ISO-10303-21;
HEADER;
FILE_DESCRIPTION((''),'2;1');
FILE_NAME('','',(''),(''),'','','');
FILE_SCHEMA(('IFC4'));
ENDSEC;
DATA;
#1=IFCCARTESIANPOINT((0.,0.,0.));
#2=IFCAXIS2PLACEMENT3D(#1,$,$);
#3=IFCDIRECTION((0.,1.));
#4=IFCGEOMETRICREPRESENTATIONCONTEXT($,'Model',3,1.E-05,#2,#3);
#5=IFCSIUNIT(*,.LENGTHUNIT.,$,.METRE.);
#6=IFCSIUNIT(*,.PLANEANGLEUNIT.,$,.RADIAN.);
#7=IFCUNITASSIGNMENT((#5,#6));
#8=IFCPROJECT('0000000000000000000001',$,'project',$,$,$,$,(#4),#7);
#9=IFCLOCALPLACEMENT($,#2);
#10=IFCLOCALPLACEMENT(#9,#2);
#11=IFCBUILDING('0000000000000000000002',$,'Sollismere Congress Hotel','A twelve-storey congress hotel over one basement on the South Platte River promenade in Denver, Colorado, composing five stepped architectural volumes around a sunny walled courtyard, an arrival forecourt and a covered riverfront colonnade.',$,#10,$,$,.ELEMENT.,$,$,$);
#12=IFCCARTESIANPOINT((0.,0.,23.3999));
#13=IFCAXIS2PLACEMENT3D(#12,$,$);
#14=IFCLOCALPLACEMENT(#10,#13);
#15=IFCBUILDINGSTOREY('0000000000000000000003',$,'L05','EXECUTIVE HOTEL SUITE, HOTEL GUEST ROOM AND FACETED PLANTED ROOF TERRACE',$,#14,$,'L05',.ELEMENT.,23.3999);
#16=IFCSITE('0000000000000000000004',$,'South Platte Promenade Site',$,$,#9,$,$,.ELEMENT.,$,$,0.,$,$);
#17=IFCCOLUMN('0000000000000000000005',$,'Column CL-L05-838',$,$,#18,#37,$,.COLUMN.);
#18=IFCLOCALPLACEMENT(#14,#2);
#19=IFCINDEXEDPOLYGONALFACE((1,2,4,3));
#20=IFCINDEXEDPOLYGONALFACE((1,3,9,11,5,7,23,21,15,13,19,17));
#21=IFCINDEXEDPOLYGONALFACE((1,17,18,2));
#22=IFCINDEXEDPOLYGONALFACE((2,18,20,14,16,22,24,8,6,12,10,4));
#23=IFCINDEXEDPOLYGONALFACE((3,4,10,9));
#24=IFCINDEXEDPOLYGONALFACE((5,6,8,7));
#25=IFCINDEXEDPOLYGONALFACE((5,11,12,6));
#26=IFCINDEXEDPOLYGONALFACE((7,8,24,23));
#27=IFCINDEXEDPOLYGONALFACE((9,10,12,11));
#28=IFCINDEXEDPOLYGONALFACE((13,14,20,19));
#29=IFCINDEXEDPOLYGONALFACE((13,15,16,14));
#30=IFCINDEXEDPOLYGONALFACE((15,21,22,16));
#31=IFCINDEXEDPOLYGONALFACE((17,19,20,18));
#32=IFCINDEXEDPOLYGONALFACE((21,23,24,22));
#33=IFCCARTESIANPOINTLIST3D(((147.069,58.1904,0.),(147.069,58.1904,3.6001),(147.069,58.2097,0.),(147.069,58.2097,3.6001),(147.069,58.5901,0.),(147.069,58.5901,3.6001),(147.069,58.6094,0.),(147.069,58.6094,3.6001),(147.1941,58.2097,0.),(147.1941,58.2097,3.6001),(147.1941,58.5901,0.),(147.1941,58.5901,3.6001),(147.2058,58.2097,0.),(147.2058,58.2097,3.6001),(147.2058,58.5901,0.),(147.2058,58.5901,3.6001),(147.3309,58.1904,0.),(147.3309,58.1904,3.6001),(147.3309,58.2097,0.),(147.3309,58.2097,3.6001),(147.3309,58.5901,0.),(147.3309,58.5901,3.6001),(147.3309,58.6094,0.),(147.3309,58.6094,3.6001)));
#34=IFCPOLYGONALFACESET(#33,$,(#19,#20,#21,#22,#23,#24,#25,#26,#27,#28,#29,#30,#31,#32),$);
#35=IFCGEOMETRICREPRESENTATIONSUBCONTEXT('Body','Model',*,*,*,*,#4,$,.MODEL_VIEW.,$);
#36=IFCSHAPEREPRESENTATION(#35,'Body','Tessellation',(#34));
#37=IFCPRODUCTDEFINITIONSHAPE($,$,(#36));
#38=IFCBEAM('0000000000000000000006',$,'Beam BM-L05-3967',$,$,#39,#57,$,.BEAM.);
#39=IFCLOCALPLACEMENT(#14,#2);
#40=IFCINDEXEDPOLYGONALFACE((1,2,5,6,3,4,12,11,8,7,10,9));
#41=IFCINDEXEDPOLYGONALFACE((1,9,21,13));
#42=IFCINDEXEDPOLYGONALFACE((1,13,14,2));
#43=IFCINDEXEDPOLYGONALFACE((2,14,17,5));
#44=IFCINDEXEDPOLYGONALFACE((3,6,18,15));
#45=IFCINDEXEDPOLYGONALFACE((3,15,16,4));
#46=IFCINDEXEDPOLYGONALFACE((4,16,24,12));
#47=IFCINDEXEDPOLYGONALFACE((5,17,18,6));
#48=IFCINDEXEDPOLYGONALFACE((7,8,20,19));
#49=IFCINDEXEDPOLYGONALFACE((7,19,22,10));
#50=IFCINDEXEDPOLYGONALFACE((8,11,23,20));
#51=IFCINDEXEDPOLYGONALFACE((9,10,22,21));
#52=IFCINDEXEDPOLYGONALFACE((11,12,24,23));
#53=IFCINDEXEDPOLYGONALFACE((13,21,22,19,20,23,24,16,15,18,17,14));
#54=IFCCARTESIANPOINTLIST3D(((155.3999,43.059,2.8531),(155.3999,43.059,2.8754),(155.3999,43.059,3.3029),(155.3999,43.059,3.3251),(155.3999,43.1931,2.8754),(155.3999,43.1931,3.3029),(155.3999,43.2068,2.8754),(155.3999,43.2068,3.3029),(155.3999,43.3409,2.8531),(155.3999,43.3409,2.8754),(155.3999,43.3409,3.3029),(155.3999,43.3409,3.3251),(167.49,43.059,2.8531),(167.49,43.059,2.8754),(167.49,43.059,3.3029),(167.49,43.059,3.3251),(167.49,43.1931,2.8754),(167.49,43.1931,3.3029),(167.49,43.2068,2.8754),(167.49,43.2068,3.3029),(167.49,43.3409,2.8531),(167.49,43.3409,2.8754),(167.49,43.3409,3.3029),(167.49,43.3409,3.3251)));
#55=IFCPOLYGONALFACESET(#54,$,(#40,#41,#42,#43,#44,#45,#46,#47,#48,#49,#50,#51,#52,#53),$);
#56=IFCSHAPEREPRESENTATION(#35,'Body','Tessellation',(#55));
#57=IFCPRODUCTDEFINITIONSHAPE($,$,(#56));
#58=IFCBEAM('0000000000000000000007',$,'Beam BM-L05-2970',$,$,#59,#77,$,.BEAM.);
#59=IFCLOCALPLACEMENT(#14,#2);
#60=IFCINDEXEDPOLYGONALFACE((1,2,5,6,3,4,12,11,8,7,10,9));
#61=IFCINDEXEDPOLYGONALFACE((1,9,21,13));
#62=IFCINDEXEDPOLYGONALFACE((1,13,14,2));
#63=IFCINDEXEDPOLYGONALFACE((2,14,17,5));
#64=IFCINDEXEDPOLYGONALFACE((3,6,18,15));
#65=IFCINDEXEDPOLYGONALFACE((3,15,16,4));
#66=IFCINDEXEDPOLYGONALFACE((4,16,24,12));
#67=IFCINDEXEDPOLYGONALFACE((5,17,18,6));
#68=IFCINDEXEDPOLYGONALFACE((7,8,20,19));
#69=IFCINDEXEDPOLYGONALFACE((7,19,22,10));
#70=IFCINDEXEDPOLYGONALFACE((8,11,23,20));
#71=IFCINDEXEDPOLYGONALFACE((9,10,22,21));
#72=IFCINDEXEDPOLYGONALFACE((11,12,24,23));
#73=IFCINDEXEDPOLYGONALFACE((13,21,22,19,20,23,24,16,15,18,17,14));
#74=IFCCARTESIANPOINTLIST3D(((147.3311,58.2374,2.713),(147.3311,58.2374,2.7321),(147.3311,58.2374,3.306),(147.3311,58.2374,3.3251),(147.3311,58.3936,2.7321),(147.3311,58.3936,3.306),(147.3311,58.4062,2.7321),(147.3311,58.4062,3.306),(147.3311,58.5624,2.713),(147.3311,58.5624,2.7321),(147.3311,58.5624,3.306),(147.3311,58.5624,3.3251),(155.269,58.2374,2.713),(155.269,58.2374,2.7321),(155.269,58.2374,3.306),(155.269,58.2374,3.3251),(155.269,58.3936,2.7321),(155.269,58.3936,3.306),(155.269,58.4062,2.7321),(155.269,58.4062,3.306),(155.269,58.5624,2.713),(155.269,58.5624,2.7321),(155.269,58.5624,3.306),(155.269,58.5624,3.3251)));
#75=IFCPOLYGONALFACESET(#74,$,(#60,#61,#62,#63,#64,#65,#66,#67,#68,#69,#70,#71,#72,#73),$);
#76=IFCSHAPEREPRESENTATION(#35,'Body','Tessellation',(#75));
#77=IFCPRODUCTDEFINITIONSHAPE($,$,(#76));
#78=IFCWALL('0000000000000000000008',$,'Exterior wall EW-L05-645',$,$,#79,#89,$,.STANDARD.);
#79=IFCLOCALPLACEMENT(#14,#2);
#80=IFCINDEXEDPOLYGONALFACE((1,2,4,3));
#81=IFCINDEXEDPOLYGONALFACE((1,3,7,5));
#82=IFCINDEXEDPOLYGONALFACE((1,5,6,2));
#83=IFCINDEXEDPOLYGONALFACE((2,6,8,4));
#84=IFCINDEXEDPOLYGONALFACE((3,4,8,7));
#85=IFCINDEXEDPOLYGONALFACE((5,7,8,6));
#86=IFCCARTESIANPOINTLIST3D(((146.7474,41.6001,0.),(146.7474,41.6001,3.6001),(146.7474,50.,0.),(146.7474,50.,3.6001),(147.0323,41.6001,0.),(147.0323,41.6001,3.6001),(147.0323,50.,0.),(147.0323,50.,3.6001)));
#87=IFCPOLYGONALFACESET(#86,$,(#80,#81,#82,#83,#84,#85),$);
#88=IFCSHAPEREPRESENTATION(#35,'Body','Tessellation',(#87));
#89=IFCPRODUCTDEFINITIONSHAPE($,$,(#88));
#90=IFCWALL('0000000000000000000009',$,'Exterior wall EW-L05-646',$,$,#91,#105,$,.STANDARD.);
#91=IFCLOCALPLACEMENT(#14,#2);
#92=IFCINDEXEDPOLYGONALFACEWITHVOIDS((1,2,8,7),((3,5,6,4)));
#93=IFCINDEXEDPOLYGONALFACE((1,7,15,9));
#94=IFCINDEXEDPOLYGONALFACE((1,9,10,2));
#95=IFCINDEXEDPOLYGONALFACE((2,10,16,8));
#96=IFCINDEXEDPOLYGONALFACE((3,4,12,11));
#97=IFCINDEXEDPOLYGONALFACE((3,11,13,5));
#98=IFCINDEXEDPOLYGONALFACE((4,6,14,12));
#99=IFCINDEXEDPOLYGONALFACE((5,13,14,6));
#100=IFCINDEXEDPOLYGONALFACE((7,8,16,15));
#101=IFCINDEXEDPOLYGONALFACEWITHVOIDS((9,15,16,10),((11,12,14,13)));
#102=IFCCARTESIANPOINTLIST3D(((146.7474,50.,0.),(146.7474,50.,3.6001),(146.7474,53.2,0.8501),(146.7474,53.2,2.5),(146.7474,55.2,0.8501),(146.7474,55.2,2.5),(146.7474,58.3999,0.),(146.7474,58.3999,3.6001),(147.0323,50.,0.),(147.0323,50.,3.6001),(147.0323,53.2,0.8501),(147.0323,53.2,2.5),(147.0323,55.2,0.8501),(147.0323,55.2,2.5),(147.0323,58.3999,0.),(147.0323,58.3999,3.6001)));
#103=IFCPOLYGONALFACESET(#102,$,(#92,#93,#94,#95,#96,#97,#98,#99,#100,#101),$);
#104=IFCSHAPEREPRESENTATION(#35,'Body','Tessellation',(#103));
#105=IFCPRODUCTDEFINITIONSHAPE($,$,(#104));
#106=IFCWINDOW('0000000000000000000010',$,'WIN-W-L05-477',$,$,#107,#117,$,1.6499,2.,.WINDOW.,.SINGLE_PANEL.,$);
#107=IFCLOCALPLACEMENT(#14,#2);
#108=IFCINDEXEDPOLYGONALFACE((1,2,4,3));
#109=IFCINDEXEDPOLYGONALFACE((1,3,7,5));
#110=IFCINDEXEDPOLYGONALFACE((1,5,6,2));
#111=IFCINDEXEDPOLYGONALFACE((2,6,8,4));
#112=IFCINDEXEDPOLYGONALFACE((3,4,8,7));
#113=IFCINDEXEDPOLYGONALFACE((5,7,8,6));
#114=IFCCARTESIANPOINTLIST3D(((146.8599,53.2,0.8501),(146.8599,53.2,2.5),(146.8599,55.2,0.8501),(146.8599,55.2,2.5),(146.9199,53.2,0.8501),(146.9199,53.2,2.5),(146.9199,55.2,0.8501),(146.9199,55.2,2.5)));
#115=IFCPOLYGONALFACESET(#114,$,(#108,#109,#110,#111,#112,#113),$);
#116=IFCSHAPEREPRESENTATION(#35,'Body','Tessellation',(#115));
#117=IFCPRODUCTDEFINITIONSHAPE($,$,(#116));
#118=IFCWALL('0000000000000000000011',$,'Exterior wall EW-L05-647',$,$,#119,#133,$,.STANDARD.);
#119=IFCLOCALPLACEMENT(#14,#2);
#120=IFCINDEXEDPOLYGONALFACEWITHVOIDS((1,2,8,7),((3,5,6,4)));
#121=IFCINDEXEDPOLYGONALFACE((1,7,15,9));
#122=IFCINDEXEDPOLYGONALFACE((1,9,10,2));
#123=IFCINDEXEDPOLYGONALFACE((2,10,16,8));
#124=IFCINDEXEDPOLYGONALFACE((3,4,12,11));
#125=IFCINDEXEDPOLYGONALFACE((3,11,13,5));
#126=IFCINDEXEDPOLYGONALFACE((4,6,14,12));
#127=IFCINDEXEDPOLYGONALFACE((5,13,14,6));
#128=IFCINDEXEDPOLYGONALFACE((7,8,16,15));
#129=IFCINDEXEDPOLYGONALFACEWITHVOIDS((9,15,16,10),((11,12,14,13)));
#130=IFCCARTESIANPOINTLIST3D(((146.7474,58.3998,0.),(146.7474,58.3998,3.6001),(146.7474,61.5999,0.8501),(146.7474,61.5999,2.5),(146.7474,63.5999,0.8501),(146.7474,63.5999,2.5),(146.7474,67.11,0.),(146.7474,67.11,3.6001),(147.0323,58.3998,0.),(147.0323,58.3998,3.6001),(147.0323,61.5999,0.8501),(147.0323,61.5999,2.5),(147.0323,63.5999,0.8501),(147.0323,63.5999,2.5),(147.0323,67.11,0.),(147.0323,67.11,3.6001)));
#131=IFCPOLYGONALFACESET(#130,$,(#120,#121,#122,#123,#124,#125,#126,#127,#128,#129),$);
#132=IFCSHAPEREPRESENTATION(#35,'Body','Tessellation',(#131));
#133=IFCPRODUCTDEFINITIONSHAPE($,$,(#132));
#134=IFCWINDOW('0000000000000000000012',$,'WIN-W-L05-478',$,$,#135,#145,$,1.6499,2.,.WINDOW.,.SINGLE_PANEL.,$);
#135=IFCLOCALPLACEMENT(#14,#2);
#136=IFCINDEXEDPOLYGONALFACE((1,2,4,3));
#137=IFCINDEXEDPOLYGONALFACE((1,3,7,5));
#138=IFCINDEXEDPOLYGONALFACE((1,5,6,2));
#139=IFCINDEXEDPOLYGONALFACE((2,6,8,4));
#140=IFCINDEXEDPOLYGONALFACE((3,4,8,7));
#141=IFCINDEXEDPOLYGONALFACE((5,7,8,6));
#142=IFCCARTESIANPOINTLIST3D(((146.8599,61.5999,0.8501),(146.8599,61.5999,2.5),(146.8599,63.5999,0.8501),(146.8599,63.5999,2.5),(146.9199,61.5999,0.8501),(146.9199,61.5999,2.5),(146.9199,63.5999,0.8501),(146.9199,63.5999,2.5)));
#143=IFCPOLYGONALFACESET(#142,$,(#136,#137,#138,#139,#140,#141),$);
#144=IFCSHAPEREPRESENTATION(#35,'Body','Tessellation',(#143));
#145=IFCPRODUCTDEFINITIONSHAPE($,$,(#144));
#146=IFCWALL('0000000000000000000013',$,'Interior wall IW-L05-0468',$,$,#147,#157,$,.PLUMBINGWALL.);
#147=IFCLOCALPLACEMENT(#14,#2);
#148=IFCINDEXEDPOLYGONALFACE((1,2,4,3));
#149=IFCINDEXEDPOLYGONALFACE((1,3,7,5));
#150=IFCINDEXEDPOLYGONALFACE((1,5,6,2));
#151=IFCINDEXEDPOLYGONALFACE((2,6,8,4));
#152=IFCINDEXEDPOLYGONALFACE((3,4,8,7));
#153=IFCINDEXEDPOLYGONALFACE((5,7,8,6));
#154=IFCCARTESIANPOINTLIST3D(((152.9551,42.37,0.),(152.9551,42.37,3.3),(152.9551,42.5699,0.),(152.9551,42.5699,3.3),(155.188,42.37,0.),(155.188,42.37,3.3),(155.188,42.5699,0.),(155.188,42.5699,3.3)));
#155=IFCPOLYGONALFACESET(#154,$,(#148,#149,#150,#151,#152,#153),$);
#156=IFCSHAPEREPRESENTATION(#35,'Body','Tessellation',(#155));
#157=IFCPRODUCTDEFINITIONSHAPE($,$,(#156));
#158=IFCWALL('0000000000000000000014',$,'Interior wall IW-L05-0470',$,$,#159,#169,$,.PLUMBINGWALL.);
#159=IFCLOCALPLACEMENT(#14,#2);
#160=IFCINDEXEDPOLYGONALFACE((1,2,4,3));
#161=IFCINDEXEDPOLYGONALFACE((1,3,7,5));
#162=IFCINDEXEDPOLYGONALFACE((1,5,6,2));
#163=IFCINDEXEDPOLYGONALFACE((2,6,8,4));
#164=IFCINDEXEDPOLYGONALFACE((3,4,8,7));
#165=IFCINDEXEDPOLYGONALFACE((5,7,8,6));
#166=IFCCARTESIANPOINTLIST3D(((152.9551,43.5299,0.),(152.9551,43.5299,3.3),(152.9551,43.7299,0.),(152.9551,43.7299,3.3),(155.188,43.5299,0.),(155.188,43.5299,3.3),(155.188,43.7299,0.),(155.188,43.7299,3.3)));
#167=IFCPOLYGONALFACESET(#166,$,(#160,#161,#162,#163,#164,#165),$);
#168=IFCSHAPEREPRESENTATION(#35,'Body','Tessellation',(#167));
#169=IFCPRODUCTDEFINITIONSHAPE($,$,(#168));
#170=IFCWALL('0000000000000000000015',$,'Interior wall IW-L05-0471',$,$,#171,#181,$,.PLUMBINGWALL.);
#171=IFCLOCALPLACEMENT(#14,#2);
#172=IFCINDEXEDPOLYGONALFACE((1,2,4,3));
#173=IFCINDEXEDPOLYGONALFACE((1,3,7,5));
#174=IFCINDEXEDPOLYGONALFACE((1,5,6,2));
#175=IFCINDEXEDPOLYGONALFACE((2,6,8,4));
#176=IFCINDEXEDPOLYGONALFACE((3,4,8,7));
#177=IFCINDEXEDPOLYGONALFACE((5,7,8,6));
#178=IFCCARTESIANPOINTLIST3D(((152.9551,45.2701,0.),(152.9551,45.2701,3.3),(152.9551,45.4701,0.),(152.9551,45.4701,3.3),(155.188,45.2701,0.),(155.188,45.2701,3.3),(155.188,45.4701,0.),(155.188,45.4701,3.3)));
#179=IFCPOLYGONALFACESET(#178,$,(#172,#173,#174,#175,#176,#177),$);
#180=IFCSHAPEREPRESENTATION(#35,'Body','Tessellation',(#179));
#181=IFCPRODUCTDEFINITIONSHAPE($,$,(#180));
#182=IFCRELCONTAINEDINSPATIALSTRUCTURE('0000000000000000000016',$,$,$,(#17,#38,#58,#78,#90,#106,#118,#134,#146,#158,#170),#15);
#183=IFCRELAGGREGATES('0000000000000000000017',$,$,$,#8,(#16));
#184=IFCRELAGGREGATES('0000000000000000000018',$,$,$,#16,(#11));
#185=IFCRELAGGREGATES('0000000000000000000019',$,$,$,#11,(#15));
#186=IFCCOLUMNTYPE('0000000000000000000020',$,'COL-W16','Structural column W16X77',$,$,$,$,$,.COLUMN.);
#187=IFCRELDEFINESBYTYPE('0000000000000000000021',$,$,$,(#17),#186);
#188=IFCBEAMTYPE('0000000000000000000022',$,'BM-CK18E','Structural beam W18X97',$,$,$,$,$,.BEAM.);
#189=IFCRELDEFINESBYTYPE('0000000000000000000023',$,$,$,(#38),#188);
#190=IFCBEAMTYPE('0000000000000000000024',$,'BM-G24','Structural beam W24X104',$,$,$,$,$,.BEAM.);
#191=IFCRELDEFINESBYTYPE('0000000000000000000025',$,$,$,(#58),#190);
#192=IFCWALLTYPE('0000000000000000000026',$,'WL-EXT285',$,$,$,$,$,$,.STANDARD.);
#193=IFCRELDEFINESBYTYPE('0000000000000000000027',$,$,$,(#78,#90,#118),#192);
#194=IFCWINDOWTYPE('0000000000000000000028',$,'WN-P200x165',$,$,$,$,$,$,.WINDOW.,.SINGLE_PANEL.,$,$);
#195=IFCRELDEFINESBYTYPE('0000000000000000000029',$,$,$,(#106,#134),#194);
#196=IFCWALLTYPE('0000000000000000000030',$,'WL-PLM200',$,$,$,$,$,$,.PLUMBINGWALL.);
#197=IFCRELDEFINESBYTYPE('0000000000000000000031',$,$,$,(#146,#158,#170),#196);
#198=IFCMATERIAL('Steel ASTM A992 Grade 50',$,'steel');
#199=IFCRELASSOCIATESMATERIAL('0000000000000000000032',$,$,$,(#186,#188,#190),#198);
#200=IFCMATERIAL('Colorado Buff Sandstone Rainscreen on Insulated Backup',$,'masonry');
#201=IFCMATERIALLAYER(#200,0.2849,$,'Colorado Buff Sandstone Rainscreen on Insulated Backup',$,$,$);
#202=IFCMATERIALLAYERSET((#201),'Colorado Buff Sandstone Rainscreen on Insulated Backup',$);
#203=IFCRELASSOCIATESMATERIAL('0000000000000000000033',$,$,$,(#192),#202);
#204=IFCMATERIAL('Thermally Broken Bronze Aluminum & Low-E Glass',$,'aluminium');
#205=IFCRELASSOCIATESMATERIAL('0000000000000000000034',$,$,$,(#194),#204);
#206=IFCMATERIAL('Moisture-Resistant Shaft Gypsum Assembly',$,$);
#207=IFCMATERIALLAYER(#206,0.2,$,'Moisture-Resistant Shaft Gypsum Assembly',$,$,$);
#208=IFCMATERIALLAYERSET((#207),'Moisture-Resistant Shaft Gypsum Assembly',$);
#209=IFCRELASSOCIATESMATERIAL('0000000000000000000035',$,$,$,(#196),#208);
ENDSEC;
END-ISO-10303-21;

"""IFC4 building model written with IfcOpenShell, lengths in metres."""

from ifc_helpers import new_model, si_unit, direction, frame, frame_2d, origin, origin_2d, place, context, subcontext, project, spatial, rectangle, i_section, extrude, material, layer, layer_set, material_profile, profile_set, type_object, element, fill, save


model = new_model("IFC4")

# Units and contexts
model_context = context("Model", 3, precision=1e-05, world=origin(), true_north=direction((0.0, 1.0)))
body_context = subcontext(model_context, "Body", "Model", "MODEL_VIEW")
ifc_project = project(units=[si_unit("LENGTHUNIT", "METRE"), si_unit("PLANEANGLEUNIT", "RADIAN")], contexts=[model_context])

# Site, building, storey
site_placement = place(None, origin())
site = spatial("IfcSite", under=ifc_project, at=site_placement, Name="South Platte Promenade Site", CompositionType="ELEMENT", RefElevation=0.0)
building_placement = place(site_placement, origin())
building = spatial("IfcBuilding", under=site, at=building_placement, Name="Sollismere Congress Hotel", Description="A twelve-storey congress hotel over one basement on the South Platte River promenade in Denver, Colorado, composing five stepped architectural volumes around a sunny walled courtyard, an arrival forecourt and a covered riverfront colonnade.", CompositionType="ELEMENT")
storey_placement = place(building_placement, frame((0.0, 0.0, 23.3999)))
storey = spatial("IfcBuildingStorey", under=building, at=storey_placement, Name="L05", Description="EXECUTIVE HOTEL SUITE, HOTEL GUEST ROOM AND FACETED PLANTED ROOF TERRACE", LongName="L05", CompositionType="ELEMENT", Elevation=23.3999)

# Column
ifc_material_1 = material(Name="Steel ASTM A992 Grade 50", Category="steel")
ifc_material_profile_1 = material_profile(ifc_material_1, i_section(OverallWidth=0.262, OverallDepth=0.4189, WebThickness=0.0117, FlangeThickness=0.0193, at=origin_2d()), Name="W16X77")
ifc_profile_set_1 = profile_set([ifc_material_profile_1], Name="Steel ASTM A992 Grade 50")
column_type = type_object("IfcColumnType", Name="COL-W16", Description="Structural column W16X77", PredefinedType="COLUMN", material=ifc_profile_set_1)
column_placement = place(storey_placement, frame((147.2, 58.3999, 0.0), z_axis=(0.0, 0.0, 1.0), x_axis=(1.0, 0.0, 0.0)))
element("IfcColumn", 1, at=column_placement, inside=storey, type_object=column_type, Name="Column CL-L05-838", PredefinedType="COLUMN", context=body_context, shape_type="SweptSolid", body=[
    extrude(i_section(OverallWidth=0.262, OverallDepth=0.4189, WebThickness=0.0117, FlangeThickness=0.0193, at=origin_2d()), origin(), (0.0, 0.0, 1.0), 3.6001),
])

# Beams
ifc_material_profile_2 = material_profile(ifc_material_1, i_section(OverallWidth=0.282, OverallDepth=0.4719, WebThickness=0.0137, FlangeThickness=0.0222, at=origin_2d()), Name="W18X97")
ifc_profile_set_2 = profile_set([ifc_material_profile_2], Name="Steel ASTM A992 Grade 50")
beam_type_1 = type_object("IfcBeamType", Name="BM-CK18E", Description="Structural beam W18X97", PredefinedType="BEAM", material=ifc_profile_set_2)
beam_1_placement = place(storey_placement, frame((155.3999, 43.2, 3.0891), z_axis=(1.0, 0.0, 0.0), x_axis=(0.0, 1.0, 0.0)))
element("IfcBeam", 2, at=beam_1_placement, inside=storey, type_object=beam_type_1, Name="Beam BM-L05-3967", PredefinedType="BEAM", context=body_context, shape_type="SweptSolid", body=[
    extrude(i_section(OverallWidth=0.282, OverallDepth=0.4719, WebThickness=0.0137, FlangeThickness=0.0222, at=origin_2d()), origin(), (0.0, 0.0, 1.0), 12.0901),
])
ifc_material_profile_3 = material_profile(ifc_material_1, i_section(OverallWidth=0.325, OverallDepth=0.6121, WebThickness=0.0127, FlangeThickness=0.019, at=origin_2d()), Name="W24X104")
ifc_profile_set_3 = profile_set([ifc_material_profile_3], Name="Steel ASTM A992 Grade 50")
beam_type_2 = type_object("IfcBeamType", Name="BM-G24", Description="Structural beam W24X104", PredefinedType="BEAM", material=ifc_profile_set_3)
beam_2_placement = place(storey_placement, frame((147.3311, 58.3999, 3.019), z_axis=(1.0, 0.0, 0.0), x_axis=(0.0, 1.0, 0.0)))
element("IfcBeam", 3, at=beam_2_placement, inside=storey, type_object=beam_type_2, Name="Beam BM-L05-2970", PredefinedType="BEAM", context=body_context, shape_type="SweptSolid", body=[
    extrude(i_section(OverallWidth=0.325, OverallDepth=0.6121, WebThickness=0.0127, FlangeThickness=0.019, at=origin_2d()), origin(), (0.0, 0.0, 1.0), 7.938),
])

# Wall
ifc_material_2 = material(Name="Colorado Buff Sandstone Rainscreen on Insulated Backup", Category="masonry")
ifc_layer_1 = layer(ifc_material_2, 0.2849, Name="Colorado Buff Sandstone Rainscreen on Insulated Backup")
ifc_layer_set_1 = layer_set([ifc_layer_1], Name="Colorado Buff Sandstone Rainscreen on Insulated Backup")
wall_type_1 = type_object("IfcWallType", Name="WL-EXT285", PredefinedType="STANDARD", material=ifc_layer_set_1)
wall_1_placement = place(storey_placement, frame((146.8899, 41.6001, 0.0), z_axis=(0.0, 0.0, 1.0), x_axis=(0.0, 1.0, 0.0)))
element("IfcWall", 4, at=wall_1_placement, inside=storey, type_object=wall_type_1, Name="Exterior wall EW-L05-645", PredefinedType="STANDARD", context=body_context, shape_type="SweptSolid", body=[
    extrude(rectangle(XDim=8.3999, YDim=0.2849, at=frame_2d((4.2, 0.0))), origin(), (0.0, 0.0, 1.0), 3.6001),
])

# Walls, openings, windows
wall_2_placement = place(storey_placement, frame((146.8899, 50.0, 0.0), z_axis=(0.0, 0.0, 1.0), x_axis=(0.0, 1.0, 0.0)))
wall_2 = element("IfcWall", 5, at=wall_2_placement, inside=storey, type_object=wall_type_1, Name="Exterior wall EW-L05-646", PredefinedType="STANDARD", context=body_context, shape_type="SweptSolid", body=[
    extrude(rectangle(XDim=8.3999, YDim=0.2849, at=frame_2d((4.2, 0.0))), origin(), (0.0, 0.0, 1.0), 3.6001),
])
opening_1_placement = place(wall_2_placement, frame((3.2, 0.0, 0.8501)))
opening_1 = element("IfcOpeningElement", 6, at=opening_1_placement, cuts=wall_2, PredefinedType="OPENING", context=body_context, shape_type="SweptSolid", body=[
    extrude(rectangle(XDim=2.0, YDim=1.6499, at=frame_2d((1.0, 0.825))), frame((0.0, 0.1523, 0.0), z_axis=(0.0, -1.0, 0.0), x_axis=(1.0, 0.0, 0.0)), (0.0, 0.0, 1.0), 0.3049),
])
ifc_material_3 = material(Name="Thermally Broken Bronze Aluminum & Low-E Glass", Category="aluminium")
window_type = type_object("IfcWindowType", Name="WN-P200x165", PartitioningType="SINGLE_PANEL", PredefinedType="WINDOW", material=ifc_material_3)
window_1_placement = place(opening_1_placement, origin())
window_1 = element("IfcWindow", 7, at=window_1_placement, inside=storey, type_object=window_type, Name="WIN-W-L05-477", OverallHeight=1.6499, OverallWidth=2.0, PartitioningType="SINGLE_PANEL", PredefinedType="WINDOW", context=body_context, shape_type="SweptSolid", body=[
    extrude(rectangle(XDim=2.0, YDim=1.6499, at=frame_2d((1.0, 0.825))), frame((0.0, 0.03, 0.0), z_axis=(0.0, -1.0, 0.0), x_axis=(1.0, 0.0, 0.0)), (0.0, 0.0, 1.0), 0.0601),
])
fill(opening_1, window_1)
wall_3_placement = place(storey_placement, frame((146.8899, 58.3999, 0.0), z_axis=(0.0, 0.0, 1.0), x_axis=(0.0, 1.0, 0.0)))
wall_3 = element("IfcWall", 8, at=wall_3_placement, inside=storey, type_object=wall_type_1, Name="Exterior wall EW-L05-647", PredefinedType="STANDARD", context=body_context, shape_type="SweptSolid", body=[
    extrude(rectangle(XDim=8.7102, YDim=0.2849, at=frame_2d((4.355, 0.0))), origin(), (0.0, 0.0, 1.0), 3.6001),
])
opening_2_placement = place(wall_3_placement, frame((3.2, 0.0, 0.8501)))
opening_2 = element("IfcOpeningElement", 9, at=opening_2_placement, cuts=wall_3, PredefinedType="OPENING", context=body_context, shape_type="SweptSolid", body=[
    extrude(rectangle(XDim=2.0, YDim=1.6499, at=frame_2d((1.0, 0.825))), frame((0.0, 0.1523, 0.0), z_axis=(0.0, -1.0, 0.0), x_axis=(1.0, 0.0, 0.0)), (0.0, 0.0, 1.0), 0.3049),
])
window_2_placement = place(opening_2_placement, origin())
window_2 = element("IfcWindow", 10, at=window_2_placement, inside=storey, type_object=window_type, Name="WIN-W-L05-478", OverallHeight=1.6499, OverallWidth=2.0, PartitioningType="SINGLE_PANEL", PredefinedType="WINDOW", context=body_context, shape_type="SweptSolid", body=[
    extrude(rectangle(XDim=2.0, YDim=1.6499, at=frame_2d((1.0, 0.825))), frame((0.0, 0.03, 0.0), z_axis=(0.0, -1.0, 0.0), x_axis=(1.0, 0.0, 0.0)), (0.0, 0.0, 1.0), 0.0601),
])
fill(opening_2, window_2)

# Walls
ifc_material_4 = material(Name="Moisture-Resistant Shaft Gypsum Assembly")
ifc_layer_2 = layer(ifc_material_4, 0.2, Name="Moisture-Resistant Shaft Gypsum Assembly")
ifc_layer_set_2 = layer_set([ifc_layer_2], Name="Moisture-Resistant Shaft Gypsum Assembly")
wall_type_2 = type_object("IfcWallType", Name="WL-PLM200", PredefinedType="PLUMBINGWALL", material=ifc_layer_set_2)
for number, where, z_axis, x_axis, name in (
    (11, (152.9551, 42.47, 0.0), (0.0, 0.0, 1.0), (1.0, 0.0, 0.0), "Interior wall IW-L05-0468"),
    (12, (152.9551, 43.6299, 0.0), (0.0, 0.0, 1.0), (1.0, 0.0, 0.0), "Interior wall IW-L05-0470"),
    (13, (152.9551, 45.3701, 0.0), (0.0, 0.0, 1.0), (1.0, 0.0, 0.0), "Interior wall IW-L05-0471"),
):
    element("IfcWall", number, at=place(storey_placement, frame(where, z_axis=z_axis, x_axis=x_axis)), inside=storey, type_object=wall_type_2, Name=name, PredefinedType="PLUMBINGWALL", context=body_context, shape_type="SweptSolid", body=[
        extrude(rectangle(XDim=2.2329, YDim=0.2, at=frame_2d((1.1165, 0.0))), origin(), (0.0, 0.0, 1.0), 3.3),
    ])

save(model, "model.ifc")
